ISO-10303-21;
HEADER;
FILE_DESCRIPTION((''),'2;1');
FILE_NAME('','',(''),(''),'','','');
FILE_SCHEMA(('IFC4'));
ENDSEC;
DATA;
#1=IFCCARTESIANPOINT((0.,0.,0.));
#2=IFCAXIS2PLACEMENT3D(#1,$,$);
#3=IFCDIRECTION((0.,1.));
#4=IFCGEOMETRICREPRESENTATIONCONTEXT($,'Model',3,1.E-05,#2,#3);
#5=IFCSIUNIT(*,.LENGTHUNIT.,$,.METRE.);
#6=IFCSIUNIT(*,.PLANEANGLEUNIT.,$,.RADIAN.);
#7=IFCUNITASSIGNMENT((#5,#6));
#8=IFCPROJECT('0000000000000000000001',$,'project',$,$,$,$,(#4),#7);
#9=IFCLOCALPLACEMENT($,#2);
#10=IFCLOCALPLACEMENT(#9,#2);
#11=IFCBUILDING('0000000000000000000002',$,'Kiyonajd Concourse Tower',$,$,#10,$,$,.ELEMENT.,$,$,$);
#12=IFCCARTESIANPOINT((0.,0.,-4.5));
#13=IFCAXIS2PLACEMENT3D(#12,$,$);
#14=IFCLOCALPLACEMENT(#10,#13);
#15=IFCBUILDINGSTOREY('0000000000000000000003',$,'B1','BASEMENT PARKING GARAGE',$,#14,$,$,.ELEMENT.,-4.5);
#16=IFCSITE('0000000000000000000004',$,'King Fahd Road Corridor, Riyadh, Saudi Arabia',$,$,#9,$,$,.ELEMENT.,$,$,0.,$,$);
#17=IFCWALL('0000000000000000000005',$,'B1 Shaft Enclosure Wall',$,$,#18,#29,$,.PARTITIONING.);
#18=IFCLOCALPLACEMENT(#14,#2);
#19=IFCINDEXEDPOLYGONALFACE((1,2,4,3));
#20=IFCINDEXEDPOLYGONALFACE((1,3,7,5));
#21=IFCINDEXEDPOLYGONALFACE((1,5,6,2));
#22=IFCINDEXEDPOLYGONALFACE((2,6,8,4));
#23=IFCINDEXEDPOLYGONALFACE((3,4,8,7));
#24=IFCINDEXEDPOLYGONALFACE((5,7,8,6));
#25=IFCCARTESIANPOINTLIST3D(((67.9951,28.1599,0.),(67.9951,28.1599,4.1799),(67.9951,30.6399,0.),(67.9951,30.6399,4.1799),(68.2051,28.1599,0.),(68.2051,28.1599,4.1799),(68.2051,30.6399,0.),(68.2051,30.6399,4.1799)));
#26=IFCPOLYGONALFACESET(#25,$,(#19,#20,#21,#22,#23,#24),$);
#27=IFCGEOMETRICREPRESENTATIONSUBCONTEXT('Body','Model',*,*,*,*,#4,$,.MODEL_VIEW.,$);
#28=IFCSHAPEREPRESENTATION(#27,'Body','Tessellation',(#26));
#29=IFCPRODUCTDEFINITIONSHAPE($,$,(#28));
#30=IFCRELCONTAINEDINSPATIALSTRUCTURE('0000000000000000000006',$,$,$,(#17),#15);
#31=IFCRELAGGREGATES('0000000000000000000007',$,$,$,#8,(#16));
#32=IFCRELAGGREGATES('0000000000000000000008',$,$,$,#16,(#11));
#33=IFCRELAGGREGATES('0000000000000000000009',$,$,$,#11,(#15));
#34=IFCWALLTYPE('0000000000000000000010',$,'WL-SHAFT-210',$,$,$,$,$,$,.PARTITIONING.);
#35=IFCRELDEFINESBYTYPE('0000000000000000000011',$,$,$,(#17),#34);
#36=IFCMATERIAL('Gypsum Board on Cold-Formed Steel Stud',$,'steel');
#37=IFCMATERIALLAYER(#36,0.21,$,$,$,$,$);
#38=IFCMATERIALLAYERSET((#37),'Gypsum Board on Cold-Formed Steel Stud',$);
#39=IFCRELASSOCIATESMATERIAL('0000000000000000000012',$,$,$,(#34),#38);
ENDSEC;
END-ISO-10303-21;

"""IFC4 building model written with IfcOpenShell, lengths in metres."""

from ifc_helpers import new_model, si_unit, direction, frame, frame_2d, origin, place, context, subcontext, project, spatial, rectangle, extrude, material, layer, layer_set, type_object, element, save


model = new_model("IFC4")

# Units and contexts
model_context = context("Model", 3, precision=1e-05, world=origin(), true_north=direction((0.0, 1.0)))
body_context = subcontext(model_context, "Body", "Model", "MODEL_VIEW")
ifc_project = project(units=[si_unit("LENGTHUNIT", "METRE"), si_unit("PLANEANGLEUNIT", "RADIAN")], contexts=[model_context])

# Site, building, storey
site_placement = place(None, origin())
site = spatial("IfcSite", under=ifc_project, at=site_placement, Name="King Fahd Road Corridor, Riyadh, Saudi Arabia", CompositionType="ELEMENT", RefElevation=0.0)
building_placement = place(site_placement, origin())
building = spatial("IfcBuilding", under=site, at=building_placement, Name="Kiyonajd Concourse Tower", CompositionType="ELEMENT")
storey_placement = place(building_placement, frame((0.0, 0.0, -4.5)))
storey = spatial("IfcBuildingStorey", under=building, at=storey_placement, Name="B1", Description="BASEMENT PARKING GARAGE", CompositionType="ELEMENT", Elevation=-4.5)

# Shared definitions
ifc_material_1 = material(Name="Gypsum Board on Cold-Formed Steel Stud", Category="steel")

# Wall
ifc_layer_1 = layer(ifc_material_1, 0.21)
ifc_layer_set_1 = layer_set([ifc_layer_1], Name="Gypsum Board on Cold-Formed Steel Stud")
wall_type_1 = type_object("IfcWallType", Name="WL-SHAFT-210", PredefinedType="PARTITIONING", material=ifc_layer_set_1)
wall_1_placement = place(storey_placement, frame((68.1001, 28.1599, 0.0), z_axis=(0.0, 0.0, 1.0), x_axis=(0.0, 1.0, 0.0)))
element("IfcWall", 1, at=wall_1_placement, inside=storey, type_object=wall_type_1, Name="B1 Shaft Enclosure Wall", PredefinedType="PARTITIONING", context=body_context, shape_type="SweptSolid", body=[
    extrude(rectangle(XDim=2.48, YDim=0.21, at=frame_2d((1.24, 0.0))), origin(), (0.0, 0.0, 1.0), 4.1799),
])

save(model, "model.ifc")
